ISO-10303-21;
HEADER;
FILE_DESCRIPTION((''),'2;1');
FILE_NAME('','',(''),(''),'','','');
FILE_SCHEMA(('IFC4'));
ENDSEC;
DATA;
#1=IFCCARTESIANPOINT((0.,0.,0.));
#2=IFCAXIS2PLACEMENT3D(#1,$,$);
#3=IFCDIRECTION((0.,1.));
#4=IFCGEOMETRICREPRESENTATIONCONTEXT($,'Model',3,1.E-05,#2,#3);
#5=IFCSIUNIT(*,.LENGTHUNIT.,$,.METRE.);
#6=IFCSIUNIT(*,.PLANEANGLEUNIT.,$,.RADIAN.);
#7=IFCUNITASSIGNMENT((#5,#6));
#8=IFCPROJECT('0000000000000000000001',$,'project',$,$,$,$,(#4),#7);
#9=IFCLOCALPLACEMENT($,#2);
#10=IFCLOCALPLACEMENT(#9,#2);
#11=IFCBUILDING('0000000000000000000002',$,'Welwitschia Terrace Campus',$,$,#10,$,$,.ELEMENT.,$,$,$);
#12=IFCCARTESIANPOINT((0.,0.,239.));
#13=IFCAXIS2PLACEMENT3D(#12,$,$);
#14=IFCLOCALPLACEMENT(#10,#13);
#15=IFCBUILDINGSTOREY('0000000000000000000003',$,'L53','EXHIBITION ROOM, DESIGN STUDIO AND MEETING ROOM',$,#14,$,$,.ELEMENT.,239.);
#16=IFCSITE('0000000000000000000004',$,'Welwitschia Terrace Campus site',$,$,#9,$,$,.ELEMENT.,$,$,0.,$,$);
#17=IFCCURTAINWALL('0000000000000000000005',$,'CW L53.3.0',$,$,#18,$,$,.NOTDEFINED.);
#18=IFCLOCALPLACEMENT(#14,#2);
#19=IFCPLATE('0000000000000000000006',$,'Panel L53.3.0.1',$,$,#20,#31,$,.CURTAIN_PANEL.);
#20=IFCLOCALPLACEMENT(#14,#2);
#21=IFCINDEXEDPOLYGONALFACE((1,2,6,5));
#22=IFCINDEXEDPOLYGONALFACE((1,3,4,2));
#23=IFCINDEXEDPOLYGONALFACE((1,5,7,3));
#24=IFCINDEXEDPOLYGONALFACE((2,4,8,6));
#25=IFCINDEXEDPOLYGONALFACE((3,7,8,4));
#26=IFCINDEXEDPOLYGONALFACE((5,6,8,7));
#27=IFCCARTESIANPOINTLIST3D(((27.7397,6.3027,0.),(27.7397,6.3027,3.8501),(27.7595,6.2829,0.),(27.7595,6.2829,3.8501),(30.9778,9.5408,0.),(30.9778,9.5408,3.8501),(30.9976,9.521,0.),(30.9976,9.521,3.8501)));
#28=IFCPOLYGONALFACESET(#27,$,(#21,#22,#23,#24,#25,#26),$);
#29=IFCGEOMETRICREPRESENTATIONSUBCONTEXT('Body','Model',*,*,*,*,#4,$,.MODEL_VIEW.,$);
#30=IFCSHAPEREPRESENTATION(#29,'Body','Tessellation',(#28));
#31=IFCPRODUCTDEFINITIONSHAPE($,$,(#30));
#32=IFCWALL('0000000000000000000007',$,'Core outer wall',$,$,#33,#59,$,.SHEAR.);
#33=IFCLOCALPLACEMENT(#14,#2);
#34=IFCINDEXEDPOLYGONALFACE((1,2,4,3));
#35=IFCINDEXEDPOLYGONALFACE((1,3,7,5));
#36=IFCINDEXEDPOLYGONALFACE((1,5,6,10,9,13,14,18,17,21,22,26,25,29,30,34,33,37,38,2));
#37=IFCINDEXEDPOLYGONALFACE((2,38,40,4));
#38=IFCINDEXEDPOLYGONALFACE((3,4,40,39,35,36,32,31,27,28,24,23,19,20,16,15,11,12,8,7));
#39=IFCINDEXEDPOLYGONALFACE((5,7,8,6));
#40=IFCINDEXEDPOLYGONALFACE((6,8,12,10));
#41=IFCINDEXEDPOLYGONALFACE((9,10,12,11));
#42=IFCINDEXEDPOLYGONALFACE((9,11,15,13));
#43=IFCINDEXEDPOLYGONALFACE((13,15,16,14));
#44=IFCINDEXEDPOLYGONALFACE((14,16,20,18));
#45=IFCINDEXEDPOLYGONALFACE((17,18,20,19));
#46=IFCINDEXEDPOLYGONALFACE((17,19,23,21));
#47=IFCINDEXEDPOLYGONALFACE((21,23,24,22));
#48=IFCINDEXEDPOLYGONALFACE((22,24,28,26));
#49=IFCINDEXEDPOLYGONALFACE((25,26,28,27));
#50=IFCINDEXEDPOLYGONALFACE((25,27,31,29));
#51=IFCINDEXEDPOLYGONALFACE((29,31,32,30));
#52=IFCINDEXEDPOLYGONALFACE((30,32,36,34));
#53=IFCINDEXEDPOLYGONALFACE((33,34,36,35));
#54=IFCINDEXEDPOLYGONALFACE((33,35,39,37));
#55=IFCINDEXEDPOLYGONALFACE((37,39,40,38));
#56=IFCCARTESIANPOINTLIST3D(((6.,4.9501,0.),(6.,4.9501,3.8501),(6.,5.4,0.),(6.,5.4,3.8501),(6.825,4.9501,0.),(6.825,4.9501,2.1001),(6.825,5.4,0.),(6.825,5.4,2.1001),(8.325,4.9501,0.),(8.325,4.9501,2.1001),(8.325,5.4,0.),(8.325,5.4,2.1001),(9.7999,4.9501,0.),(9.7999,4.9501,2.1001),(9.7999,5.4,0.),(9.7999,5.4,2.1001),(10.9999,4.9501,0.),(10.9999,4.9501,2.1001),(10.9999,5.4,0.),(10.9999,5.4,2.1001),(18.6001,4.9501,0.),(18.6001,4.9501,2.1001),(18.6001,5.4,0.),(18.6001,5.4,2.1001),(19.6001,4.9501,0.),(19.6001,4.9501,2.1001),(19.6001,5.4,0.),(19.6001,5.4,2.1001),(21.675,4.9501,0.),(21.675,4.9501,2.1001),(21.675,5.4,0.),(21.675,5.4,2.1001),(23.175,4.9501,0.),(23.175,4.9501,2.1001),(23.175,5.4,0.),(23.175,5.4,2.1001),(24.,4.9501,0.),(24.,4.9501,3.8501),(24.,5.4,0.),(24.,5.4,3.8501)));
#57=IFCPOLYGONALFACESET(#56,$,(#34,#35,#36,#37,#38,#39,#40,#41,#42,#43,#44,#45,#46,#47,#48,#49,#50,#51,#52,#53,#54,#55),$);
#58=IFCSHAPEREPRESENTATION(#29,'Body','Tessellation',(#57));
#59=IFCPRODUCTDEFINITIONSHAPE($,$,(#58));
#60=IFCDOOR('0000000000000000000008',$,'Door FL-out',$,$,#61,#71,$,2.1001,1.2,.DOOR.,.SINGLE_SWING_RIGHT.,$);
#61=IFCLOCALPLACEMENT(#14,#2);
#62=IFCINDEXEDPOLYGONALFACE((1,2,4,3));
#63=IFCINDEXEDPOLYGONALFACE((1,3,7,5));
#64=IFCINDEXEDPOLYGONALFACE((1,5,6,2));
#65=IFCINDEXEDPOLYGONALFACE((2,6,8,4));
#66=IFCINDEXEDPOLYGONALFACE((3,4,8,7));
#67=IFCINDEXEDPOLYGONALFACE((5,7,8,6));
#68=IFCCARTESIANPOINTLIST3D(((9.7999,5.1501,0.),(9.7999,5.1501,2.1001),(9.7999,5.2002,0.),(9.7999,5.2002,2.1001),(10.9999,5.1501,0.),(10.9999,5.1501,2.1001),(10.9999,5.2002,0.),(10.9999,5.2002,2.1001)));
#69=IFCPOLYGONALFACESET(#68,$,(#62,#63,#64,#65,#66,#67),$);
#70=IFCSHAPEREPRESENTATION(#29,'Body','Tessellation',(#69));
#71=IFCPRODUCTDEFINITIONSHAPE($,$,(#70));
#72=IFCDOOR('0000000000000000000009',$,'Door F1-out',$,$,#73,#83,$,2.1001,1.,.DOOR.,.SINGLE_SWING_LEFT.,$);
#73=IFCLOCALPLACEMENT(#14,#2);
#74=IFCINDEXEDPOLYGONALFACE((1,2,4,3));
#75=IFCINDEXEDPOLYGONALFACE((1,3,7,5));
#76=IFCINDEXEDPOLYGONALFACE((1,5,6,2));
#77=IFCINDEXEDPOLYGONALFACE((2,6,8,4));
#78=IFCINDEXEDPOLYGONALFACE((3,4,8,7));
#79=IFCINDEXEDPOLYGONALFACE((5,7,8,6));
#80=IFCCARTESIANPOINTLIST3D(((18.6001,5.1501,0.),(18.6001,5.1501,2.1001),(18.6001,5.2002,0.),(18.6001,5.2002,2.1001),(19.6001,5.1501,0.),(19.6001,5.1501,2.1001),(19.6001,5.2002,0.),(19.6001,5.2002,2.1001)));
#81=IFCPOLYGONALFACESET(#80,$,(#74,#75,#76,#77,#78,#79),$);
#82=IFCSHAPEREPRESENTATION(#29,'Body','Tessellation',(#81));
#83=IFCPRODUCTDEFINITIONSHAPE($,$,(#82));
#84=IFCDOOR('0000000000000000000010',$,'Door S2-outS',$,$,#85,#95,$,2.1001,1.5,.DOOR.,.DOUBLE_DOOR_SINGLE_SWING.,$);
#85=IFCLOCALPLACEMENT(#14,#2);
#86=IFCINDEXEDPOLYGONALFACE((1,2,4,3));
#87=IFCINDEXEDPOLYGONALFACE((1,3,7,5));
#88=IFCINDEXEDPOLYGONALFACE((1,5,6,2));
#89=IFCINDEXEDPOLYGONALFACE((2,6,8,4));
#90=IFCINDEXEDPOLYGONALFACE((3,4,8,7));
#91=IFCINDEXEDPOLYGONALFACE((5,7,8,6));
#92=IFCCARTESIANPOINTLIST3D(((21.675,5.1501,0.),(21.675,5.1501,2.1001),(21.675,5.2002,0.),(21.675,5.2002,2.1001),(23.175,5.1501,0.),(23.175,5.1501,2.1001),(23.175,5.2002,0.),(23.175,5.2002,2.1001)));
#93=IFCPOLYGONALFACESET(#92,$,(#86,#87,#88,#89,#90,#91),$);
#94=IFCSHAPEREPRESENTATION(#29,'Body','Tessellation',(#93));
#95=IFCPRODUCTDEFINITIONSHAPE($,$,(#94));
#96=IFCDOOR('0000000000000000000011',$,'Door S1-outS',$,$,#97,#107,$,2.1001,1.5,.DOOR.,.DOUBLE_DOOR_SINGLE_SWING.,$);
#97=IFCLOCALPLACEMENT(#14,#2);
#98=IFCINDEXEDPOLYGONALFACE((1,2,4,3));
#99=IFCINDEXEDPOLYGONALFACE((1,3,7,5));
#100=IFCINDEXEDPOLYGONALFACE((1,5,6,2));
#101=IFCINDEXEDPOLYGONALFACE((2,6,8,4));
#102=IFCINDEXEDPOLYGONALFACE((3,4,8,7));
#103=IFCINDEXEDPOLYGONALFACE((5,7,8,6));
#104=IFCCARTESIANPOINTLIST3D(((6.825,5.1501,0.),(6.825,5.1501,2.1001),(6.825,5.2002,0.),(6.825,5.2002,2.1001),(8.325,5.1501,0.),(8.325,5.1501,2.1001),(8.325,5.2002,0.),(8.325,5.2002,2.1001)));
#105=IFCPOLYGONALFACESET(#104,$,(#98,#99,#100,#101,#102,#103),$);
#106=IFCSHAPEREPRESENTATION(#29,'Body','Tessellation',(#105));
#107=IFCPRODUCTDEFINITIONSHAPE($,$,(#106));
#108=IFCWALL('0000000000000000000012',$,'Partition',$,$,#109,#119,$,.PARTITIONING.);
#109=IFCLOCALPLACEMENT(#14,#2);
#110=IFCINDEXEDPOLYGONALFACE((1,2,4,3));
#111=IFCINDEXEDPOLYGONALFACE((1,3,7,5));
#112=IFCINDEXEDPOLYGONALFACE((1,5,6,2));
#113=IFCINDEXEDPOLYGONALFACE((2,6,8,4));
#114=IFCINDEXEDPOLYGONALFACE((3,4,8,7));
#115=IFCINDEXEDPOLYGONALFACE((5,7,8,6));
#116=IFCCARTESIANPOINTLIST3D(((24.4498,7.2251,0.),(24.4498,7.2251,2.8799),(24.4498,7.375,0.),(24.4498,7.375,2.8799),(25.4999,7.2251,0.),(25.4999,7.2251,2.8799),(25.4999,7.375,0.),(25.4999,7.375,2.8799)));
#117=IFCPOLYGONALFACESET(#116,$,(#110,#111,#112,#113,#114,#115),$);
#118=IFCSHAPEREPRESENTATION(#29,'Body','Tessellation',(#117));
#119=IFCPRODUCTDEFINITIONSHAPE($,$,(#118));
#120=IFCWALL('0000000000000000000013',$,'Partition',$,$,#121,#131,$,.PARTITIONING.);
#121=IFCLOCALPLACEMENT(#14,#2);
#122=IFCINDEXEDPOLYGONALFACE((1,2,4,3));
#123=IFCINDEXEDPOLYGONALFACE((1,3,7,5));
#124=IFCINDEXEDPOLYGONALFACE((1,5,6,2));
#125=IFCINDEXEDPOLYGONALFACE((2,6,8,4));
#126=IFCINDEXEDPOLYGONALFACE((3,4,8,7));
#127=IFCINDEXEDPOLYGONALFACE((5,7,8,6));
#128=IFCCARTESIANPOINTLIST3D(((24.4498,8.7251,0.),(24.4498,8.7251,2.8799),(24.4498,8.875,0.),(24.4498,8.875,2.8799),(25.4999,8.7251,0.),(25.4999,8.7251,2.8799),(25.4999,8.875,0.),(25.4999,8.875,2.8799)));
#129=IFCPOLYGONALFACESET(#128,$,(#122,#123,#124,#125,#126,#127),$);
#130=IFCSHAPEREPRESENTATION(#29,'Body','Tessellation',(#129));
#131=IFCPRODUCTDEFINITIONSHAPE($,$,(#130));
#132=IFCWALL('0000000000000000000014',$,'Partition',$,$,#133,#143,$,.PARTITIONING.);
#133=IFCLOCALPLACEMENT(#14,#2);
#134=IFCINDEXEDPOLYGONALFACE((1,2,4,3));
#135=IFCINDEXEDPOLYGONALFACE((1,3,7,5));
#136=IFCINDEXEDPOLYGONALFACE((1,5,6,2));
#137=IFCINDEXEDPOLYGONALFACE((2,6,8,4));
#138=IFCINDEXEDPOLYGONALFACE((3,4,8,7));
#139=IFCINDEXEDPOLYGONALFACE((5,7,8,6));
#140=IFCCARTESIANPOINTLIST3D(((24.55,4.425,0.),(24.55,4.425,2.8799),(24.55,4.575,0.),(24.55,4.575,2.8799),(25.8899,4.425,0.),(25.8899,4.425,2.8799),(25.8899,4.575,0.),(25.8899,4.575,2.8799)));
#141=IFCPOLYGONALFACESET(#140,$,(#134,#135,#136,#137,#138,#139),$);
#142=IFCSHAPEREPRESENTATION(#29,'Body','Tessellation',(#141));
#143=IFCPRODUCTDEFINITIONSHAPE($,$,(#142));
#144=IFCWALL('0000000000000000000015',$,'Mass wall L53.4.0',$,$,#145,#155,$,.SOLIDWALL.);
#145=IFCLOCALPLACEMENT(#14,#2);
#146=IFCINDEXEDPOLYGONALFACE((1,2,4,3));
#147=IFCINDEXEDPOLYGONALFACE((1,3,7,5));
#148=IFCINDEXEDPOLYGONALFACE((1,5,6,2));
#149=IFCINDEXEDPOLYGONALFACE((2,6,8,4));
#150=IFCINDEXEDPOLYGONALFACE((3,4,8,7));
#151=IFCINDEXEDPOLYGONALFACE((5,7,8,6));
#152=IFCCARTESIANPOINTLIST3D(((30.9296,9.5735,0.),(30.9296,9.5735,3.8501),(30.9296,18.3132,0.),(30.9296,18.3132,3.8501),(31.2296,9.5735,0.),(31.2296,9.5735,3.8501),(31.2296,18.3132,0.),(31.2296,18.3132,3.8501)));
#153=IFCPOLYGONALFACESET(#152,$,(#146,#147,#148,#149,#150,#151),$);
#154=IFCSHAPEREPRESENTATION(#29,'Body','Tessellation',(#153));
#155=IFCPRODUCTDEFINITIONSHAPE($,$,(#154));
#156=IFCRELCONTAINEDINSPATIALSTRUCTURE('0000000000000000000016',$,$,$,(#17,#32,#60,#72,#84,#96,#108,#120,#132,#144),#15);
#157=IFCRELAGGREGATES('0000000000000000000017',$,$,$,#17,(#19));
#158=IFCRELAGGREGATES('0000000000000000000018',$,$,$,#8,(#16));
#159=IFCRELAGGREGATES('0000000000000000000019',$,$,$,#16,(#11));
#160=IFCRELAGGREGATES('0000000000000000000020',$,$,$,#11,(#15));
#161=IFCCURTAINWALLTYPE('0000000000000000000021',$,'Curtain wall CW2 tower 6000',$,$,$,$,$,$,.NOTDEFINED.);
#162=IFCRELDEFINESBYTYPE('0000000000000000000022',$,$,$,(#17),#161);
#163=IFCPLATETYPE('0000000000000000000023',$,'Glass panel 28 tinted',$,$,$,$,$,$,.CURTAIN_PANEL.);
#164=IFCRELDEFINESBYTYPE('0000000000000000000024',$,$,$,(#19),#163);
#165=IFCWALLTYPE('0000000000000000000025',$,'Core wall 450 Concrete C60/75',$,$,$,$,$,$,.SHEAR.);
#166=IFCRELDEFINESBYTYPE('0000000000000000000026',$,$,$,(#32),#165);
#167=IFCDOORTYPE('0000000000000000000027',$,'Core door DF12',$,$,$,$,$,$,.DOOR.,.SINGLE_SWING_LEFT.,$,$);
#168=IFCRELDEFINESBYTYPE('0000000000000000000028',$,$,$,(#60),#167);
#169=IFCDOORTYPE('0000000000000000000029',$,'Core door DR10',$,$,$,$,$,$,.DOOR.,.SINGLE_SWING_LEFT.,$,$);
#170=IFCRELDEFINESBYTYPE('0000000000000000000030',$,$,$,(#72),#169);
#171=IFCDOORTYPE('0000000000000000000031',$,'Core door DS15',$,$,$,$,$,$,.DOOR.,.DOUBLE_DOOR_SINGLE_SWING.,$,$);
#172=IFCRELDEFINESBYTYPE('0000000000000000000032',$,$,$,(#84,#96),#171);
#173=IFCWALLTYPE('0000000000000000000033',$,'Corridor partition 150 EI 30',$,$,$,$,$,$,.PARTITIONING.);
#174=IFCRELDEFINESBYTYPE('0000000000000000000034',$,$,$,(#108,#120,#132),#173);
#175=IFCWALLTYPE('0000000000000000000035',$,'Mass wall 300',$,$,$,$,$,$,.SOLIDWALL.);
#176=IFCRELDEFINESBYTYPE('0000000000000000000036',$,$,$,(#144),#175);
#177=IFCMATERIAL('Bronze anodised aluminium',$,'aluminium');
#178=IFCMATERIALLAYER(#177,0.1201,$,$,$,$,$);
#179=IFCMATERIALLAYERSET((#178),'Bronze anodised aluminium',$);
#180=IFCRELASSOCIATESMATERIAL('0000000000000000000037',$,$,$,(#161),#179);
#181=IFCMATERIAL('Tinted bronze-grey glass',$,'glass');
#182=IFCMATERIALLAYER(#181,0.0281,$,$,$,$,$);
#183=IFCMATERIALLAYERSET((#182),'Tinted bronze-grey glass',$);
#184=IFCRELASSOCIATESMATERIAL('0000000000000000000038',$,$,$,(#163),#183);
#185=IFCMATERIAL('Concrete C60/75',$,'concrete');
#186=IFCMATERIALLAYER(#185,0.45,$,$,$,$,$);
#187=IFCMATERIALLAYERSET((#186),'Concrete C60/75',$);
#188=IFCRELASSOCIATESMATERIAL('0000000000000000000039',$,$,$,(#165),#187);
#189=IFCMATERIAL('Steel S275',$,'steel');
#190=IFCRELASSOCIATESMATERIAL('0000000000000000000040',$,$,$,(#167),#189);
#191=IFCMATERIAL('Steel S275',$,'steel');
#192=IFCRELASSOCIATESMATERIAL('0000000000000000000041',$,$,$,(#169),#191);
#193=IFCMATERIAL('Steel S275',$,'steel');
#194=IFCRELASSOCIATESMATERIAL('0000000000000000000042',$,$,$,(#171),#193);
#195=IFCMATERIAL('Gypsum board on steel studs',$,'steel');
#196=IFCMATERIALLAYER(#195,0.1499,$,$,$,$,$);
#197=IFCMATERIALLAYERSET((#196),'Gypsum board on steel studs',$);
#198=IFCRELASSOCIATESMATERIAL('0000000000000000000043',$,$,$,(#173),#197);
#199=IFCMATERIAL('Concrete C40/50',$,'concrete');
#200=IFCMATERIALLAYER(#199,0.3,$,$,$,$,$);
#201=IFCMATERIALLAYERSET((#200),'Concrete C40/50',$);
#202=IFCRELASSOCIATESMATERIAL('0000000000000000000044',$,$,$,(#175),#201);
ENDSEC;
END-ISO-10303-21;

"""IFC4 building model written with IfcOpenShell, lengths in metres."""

from ifc_helpers import new_model, si_unit, direction, frame, frame_2d, origin, origin_2d, place, context, subcontext, project, spatial, rectangle, extrude, material, layer, layer_set, type_object, element, fill, aggregate, save


model = new_model("IFC4")

# Units and contexts
model_context = context("Model", 3, precision=1e-05, world=origin(), true_north=direction((0.0, 1.0)))
body_context = subcontext(model_context, "Body", "Model", "MODEL_VIEW")
ifc_project = project(units=[si_unit("LENGTHUNIT", "METRE"), si_unit("PLANEANGLEUNIT", "RADIAN")], contexts=[model_context])

# Site, building, storey
site_placement = place(None, origin())
site = spatial("IfcSite", under=ifc_project, at=site_placement, Name="Welwitschia Terrace Campus site", CompositionType="ELEMENT", RefElevation=0.0)
building_placement = place(site_placement, origin())
building = spatial("IfcBuilding", under=site, at=building_placement, Name="Welwitschia Terrace Campus", CompositionType="ELEMENT")
storey_placement = place(building_placement, frame((0.0, 0.0, 239.0)))
storey = spatial("IfcBuildingStorey", under=building, at=storey_placement, Name="L53", Description="EXHIBITION ROOM, DESIGN STUDIO AND MEETING ROOM", CompositionType="ELEMENT", Elevation=239.0)

# Curtain wall
ifc_material_1 = material(Name="Bronze anodised aluminium", Category="aluminium")
ifc_layer_1 = layer(ifc_material_1, 0.1201)
ifc_layer_set_1 = layer_set([ifc_layer_1], Name="Bronze anodised aluminium")
curtain_wall_type = type_object("IfcCurtainWallType", Name="Curtain wall CW2 tower 6000", PredefinedType="NOTDEFINED", material=ifc_layer_set_1)
curtain_wall_placement = place(storey_placement, origin())
curtain_wall = element("IfcCurtainWall", 1, at=curtain_wall_placement, inside=storey, type_object=curtain_wall_type, Name="CW L53.3.0", PredefinedType="NOTDEFINED")

# Plate
ifc_material_2 = material(Name="Tinted bronze-grey glass", Category="glass")
ifc_layer_2 = layer(ifc_material_2, 0.0281)
ifc_layer_set_2 = layer_set([ifc_layer_2], Name="Tinted bronze-grey glass")
plate_type = type_object("IfcPlateType", Name="Glass panel 28 tinted", PredefinedType="CURTAIN_PANEL", material=ifc_layer_set_2)
plate_1_placement = place(storey_placement, frame((29.3687, 7.9119, 0.0), z_axis=(0.0, 0.0, 1.0), x_axis=(0.707107, 0.707107, 0.0)))
plate_1 = element("IfcPlate", 2, at=plate_1_placement, type_object=plate_type, Name="Panel L53.3.0.1", PredefinedType="CURTAIN_PANEL", context=body_context, shape_type="SweptSolid", body=[
    extrude(rectangle(XDim=4.5793, YDim=0.0281, at=origin_2d()), origin(), (0.0, 0.0, 1.0), 3.8501),
])
aggregate(curtain_wall, [plate_1])

# Wall, openings, doors
ifc_material_3 = material(Name="Concrete C60/75", Category="concrete")
ifc_layer_3 = layer(ifc_material_3, 0.45)
ifc_layer_set_3 = layer_set([ifc_layer_3], Name="Concrete C60/75")
wall_type_1 = type_object("IfcWallType", Name="Core wall 450 Concrete C60/75", PredefinedType="SHEAR", material=ifc_layer_set_3)
wall_1_placement = place(storey_placement, frame((24.0, 5.175, 0.0), z_axis=(0.0, 0.0, 1.0), x_axis=(-1.0, 0.0, 0.0)))
wall_1 = element("IfcWall", 3, at=wall_1_placement, inside=storey, type_object=wall_type_1, Name="Core outer wall", PredefinedType="SHEAR", context=body_context, shape_type="SweptSolid", body=[
    extrude(rectangle(XDim=18.0, YDim=0.45, at=frame_2d((9.0, 0.0))), origin(), (0.0, 0.0, 1.0), 3.8501),
])
opening_1_placement = place(wall_1_placement, frame((0.825, 0.0, 0.0)))
opening_1 = element("IfcOpeningElement", 4, at=opening_1_placement, cuts=wall_1, PredefinedType="OPENING", context=body_context, shape_type="SweptSolid", body=[
    extrude(rectangle(XDim=1.5, YDim=2.1001, at=frame_2d((0.75, 1.05))), frame((0.0, 0.2349, 0.0), z_axis=(0.0, -1.0, 0.0), x_axis=(1.0, 0.0, 0.0)), (0.0, 0.0, 1.0), 0.47),
])
opening_2_placement = place(wall_1_placement, frame((15.675, 0.0, 0.0)))
opening_2 = element("IfcOpeningElement", 5, at=opening_2_placement, cuts=wall_1, PredefinedType="OPENING", context=body_context, shape_type="SweptSolid", body=[
    extrude(rectangle(XDim=1.5, YDim=2.1001, at=frame_2d((0.75, 1.05))), frame((0.0, 0.2349, 0.0), z_axis=(0.0, -1.0, 0.0), x_axis=(1.0, 0.0, 0.0)), (0.0, 0.0, 1.0), 0.47),
])
opening_3_placement = place(wall_1_placement, frame((13.0, 0.0, 0.0)))
opening_3 = element("IfcOpeningElement", 6, at=opening_3_placement, cuts=wall_1, PredefinedType="OPENING", context=body_context, shape_type="SweptSolid", body=[
    extrude(rectangle(XDim=1.2, YDim=2.1001, at=frame_2d((0.6001, 1.05))), frame((0.0, 0.2349, 0.0), z_axis=(0.0, -1.0, 0.0), x_axis=(1.0, 0.0, 0.0)), (0.0, 0.0, 1.0), 0.47),
])
opening_4_placement = place(wall_1_placement, frame((4.3999, 0.0, 0.0)))
opening_4 = element("IfcOpeningElement", 7, at=opening_4_placement, cuts=wall_1, PredefinedType="OPENING", context=body_context, shape_type="SweptSolid", body=[
    extrude(rectangle(XDim=1.0, YDim=2.1001, at=frame_2d((0.5, 1.05))), frame((0.0, 0.2349, 0.0), z_axis=(0.0, -1.0, 0.0), x_axis=(1.0, 0.0, 0.0)), (0.0, 0.0, 1.0), 0.47),
])
ifc_material_4 = material(Name="Steel S275", Category="steel")
door_type_1 = type_object("IfcDoorType", Name="Core door DF12", OperationType="SINGLE_SWING_LEFT", PredefinedType="DOOR", material=ifc_material_4)
door_1_placement = place(opening_3_placement, origin())
door_1 = element("IfcDoor", 8, at=door_1_placement, inside=storey, type_object=door_type_1, Name="Door FL-out", OperationType="SINGLE_SWING_RIGHT", OverallHeight=2.1001, OverallWidth=1.2, PredefinedType="DOOR", context=body_context, shape_type="SweptSolid", body=[
    extrude(rectangle(XDim=1.2, YDim=2.1001, at=frame_2d((0.6001, 1.05))), frame((0.0, 0.0249, 0.0), z_axis=(0.0, -1.0, 0.0), x_axis=(1.0, 0.0, 0.0)), (0.0, 0.0, 1.0), 0.05),
])
fill(opening_3, door_1)
ifc_material_5 = material(Name="Steel S275", Category="steel")
door_type_2 = type_object("IfcDoorType", Name="Core door DR10", OperationType="SINGLE_SWING_LEFT", PredefinedType="DOOR", material=ifc_material_5)
door_2_placement = place(opening_4_placement, origin())
door_2 = element("IfcDoor", 9, at=door_2_placement, inside=storey, type_object=door_type_2, Name="Door F1-out", OperationType="SINGLE_SWING_LEFT", OverallHeight=2.1001, OverallWidth=1.0, PredefinedType="DOOR", context=body_context, shape_type="SweptSolid", body=[
    extrude(rectangle(XDim=1.0, YDim=2.1001, at=frame_2d((0.5, 1.05))), frame((0.0, 0.0249, 0.0), z_axis=(0.0, -1.0, 0.0), x_axis=(1.0, 0.0, 0.0)), (0.0, 0.0, 1.0), 0.05),
])
fill(opening_4, door_2)
ifc_material_6 = material(Name="Steel S275", Category="steel")
door_type_3 = type_object("IfcDoorType", Name="Core door DS15", OperationType="DOUBLE_DOOR_SINGLE_SWING", PredefinedType="DOOR", material=ifc_material_6)
door_3_placement = place(opening_1_placement, origin())
door_3 = element("IfcDoor", 10, at=door_3_placement, inside=storey, type_object=door_type_3, Name="Door S2-outS", OperationType="DOUBLE_DOOR_SINGLE_SWING", OverallHeight=2.1001, OverallWidth=1.5, PredefinedType="DOOR", context=body_context, shape_type="SweptSolid", body=[
    extrude(rectangle(XDim=1.5, YDim=2.1001, at=frame_2d((0.75, 1.05))), frame((0.0, 0.0249, 0.0), z_axis=(0.0, -1.0, 0.0), x_axis=(1.0, 0.0, 0.0)), (0.0, 0.0, 1.0), 0.05),
])
fill(opening_1, door_3)
door_4_placement = place(opening_2_placement, origin())
door_4 = element("IfcDoor", 11, at=door_4_placement, inside=storey, type_object=door_type_3, Name="Door S1-outS", OperationType="DOUBLE_DOOR_SINGLE_SWING", OverallHeight=2.1001, OverallWidth=1.5, PredefinedType="DOOR", context=body_context, shape_type="SweptSolid", body=[
    extrude(rectangle(XDim=1.5, YDim=2.1001, at=frame_2d((0.75, 1.05))), frame((0.0, 0.0249, 0.0), z_axis=(0.0, -1.0, 0.0), x_axis=(1.0, 0.0, 0.0)), (0.0, 0.0, 1.0), 0.05),
])
fill(opening_2, door_4)

# Walls
ifc_material_7 = material(Name="Gypsum board on steel studs", Category="steel")
ifc_layer_4 = layer(ifc_material_7, 0.1499)
ifc_layer_set_4 = layer_set([ifc_layer_4], Name="Gypsum board on steel studs")
wall_type_2 = type_object("IfcWallType", Name="Corridor partition 150 EI 30", PredefinedType="PARTITIONING", material=ifc_layer_set_4)
for number, where, z_axis, x_axis, name in (
    (12, (24.45, 7.3, 0.0), (0.0, 0.0, 1.0), (1.0, 0.0, 0.0), "Partition"),
    (13, (24.45, 8.8, 0.0), (0.0, 0.0, 1.0), (1.0, 0.0, 0.0), "Partition"),
):
    element("IfcWall", number, at=place(storey_placement, frame(where, z_axis=z_axis, x_axis=x_axis)), inside=storey, type_object=wall_type_2, Name=name, PredefinedType="PARTITIONING", context=body_context, shape_type="SweptSolid", body=[
        extrude(rectangle(XDim=1.05, YDim=0.1499, at=frame_2d((0.5249, 0.0))), origin(), (0.0, 0.0, 1.0), 2.8799),
    ])
wall_2_placement = place(storey_placement, frame((24.55, 4.5, 0.0), z_axis=(0.0, 0.0, 1.0), x_axis=(1.0, 0.0, 0.0)))
element("IfcWall", 14, at=wall_2_placement, inside=storey, type_object=wall_type_2, Name="Partition", PredefinedType="PARTITIONING", context=body_context, shape_type="SweptSolid", body=[
    extrude(rectangle(XDim=1.3398, YDim=0.1499, at=frame_2d((0.6699, 0.0))), origin(), (0.0, 0.0, 1.0), 2.8799),
])
ifc_material_8 = material(Name="Concrete C40/50", Category="concrete")
ifc_layer_5 = layer(ifc_material_8, 0.3)
ifc_layer_set_5 = layer_set([ifc_layer_5], Name="Concrete C40/50")
wall_type_3 = type_object("IfcWallType", Name="Mass wall 300", PredefinedType="SOLIDWALL", material=ifc_layer_set_5)
wall_3_placement = place(storey_placement, frame((31.0796, 9.5735, 0.0), z_axis=(0.0, 0.0, 1.0), x_axis=(0.0, 1.0, 0.0)))
element("IfcWall", 15, at=wall_3_placement, inside=storey, type_object=wall_type_3, Name="Mass wall L53.4.0", PredefinedType="SOLIDWALL", context=body_context, shape_type="SweptSolid", body=[
    extrude(rectangle(XDim=8.7397, YDim=0.3, at=frame_2d((4.3699, 0.0))), origin(), (0.0, 0.0, 1.0), 3.8501),
])

save(model, "model.ifc")
